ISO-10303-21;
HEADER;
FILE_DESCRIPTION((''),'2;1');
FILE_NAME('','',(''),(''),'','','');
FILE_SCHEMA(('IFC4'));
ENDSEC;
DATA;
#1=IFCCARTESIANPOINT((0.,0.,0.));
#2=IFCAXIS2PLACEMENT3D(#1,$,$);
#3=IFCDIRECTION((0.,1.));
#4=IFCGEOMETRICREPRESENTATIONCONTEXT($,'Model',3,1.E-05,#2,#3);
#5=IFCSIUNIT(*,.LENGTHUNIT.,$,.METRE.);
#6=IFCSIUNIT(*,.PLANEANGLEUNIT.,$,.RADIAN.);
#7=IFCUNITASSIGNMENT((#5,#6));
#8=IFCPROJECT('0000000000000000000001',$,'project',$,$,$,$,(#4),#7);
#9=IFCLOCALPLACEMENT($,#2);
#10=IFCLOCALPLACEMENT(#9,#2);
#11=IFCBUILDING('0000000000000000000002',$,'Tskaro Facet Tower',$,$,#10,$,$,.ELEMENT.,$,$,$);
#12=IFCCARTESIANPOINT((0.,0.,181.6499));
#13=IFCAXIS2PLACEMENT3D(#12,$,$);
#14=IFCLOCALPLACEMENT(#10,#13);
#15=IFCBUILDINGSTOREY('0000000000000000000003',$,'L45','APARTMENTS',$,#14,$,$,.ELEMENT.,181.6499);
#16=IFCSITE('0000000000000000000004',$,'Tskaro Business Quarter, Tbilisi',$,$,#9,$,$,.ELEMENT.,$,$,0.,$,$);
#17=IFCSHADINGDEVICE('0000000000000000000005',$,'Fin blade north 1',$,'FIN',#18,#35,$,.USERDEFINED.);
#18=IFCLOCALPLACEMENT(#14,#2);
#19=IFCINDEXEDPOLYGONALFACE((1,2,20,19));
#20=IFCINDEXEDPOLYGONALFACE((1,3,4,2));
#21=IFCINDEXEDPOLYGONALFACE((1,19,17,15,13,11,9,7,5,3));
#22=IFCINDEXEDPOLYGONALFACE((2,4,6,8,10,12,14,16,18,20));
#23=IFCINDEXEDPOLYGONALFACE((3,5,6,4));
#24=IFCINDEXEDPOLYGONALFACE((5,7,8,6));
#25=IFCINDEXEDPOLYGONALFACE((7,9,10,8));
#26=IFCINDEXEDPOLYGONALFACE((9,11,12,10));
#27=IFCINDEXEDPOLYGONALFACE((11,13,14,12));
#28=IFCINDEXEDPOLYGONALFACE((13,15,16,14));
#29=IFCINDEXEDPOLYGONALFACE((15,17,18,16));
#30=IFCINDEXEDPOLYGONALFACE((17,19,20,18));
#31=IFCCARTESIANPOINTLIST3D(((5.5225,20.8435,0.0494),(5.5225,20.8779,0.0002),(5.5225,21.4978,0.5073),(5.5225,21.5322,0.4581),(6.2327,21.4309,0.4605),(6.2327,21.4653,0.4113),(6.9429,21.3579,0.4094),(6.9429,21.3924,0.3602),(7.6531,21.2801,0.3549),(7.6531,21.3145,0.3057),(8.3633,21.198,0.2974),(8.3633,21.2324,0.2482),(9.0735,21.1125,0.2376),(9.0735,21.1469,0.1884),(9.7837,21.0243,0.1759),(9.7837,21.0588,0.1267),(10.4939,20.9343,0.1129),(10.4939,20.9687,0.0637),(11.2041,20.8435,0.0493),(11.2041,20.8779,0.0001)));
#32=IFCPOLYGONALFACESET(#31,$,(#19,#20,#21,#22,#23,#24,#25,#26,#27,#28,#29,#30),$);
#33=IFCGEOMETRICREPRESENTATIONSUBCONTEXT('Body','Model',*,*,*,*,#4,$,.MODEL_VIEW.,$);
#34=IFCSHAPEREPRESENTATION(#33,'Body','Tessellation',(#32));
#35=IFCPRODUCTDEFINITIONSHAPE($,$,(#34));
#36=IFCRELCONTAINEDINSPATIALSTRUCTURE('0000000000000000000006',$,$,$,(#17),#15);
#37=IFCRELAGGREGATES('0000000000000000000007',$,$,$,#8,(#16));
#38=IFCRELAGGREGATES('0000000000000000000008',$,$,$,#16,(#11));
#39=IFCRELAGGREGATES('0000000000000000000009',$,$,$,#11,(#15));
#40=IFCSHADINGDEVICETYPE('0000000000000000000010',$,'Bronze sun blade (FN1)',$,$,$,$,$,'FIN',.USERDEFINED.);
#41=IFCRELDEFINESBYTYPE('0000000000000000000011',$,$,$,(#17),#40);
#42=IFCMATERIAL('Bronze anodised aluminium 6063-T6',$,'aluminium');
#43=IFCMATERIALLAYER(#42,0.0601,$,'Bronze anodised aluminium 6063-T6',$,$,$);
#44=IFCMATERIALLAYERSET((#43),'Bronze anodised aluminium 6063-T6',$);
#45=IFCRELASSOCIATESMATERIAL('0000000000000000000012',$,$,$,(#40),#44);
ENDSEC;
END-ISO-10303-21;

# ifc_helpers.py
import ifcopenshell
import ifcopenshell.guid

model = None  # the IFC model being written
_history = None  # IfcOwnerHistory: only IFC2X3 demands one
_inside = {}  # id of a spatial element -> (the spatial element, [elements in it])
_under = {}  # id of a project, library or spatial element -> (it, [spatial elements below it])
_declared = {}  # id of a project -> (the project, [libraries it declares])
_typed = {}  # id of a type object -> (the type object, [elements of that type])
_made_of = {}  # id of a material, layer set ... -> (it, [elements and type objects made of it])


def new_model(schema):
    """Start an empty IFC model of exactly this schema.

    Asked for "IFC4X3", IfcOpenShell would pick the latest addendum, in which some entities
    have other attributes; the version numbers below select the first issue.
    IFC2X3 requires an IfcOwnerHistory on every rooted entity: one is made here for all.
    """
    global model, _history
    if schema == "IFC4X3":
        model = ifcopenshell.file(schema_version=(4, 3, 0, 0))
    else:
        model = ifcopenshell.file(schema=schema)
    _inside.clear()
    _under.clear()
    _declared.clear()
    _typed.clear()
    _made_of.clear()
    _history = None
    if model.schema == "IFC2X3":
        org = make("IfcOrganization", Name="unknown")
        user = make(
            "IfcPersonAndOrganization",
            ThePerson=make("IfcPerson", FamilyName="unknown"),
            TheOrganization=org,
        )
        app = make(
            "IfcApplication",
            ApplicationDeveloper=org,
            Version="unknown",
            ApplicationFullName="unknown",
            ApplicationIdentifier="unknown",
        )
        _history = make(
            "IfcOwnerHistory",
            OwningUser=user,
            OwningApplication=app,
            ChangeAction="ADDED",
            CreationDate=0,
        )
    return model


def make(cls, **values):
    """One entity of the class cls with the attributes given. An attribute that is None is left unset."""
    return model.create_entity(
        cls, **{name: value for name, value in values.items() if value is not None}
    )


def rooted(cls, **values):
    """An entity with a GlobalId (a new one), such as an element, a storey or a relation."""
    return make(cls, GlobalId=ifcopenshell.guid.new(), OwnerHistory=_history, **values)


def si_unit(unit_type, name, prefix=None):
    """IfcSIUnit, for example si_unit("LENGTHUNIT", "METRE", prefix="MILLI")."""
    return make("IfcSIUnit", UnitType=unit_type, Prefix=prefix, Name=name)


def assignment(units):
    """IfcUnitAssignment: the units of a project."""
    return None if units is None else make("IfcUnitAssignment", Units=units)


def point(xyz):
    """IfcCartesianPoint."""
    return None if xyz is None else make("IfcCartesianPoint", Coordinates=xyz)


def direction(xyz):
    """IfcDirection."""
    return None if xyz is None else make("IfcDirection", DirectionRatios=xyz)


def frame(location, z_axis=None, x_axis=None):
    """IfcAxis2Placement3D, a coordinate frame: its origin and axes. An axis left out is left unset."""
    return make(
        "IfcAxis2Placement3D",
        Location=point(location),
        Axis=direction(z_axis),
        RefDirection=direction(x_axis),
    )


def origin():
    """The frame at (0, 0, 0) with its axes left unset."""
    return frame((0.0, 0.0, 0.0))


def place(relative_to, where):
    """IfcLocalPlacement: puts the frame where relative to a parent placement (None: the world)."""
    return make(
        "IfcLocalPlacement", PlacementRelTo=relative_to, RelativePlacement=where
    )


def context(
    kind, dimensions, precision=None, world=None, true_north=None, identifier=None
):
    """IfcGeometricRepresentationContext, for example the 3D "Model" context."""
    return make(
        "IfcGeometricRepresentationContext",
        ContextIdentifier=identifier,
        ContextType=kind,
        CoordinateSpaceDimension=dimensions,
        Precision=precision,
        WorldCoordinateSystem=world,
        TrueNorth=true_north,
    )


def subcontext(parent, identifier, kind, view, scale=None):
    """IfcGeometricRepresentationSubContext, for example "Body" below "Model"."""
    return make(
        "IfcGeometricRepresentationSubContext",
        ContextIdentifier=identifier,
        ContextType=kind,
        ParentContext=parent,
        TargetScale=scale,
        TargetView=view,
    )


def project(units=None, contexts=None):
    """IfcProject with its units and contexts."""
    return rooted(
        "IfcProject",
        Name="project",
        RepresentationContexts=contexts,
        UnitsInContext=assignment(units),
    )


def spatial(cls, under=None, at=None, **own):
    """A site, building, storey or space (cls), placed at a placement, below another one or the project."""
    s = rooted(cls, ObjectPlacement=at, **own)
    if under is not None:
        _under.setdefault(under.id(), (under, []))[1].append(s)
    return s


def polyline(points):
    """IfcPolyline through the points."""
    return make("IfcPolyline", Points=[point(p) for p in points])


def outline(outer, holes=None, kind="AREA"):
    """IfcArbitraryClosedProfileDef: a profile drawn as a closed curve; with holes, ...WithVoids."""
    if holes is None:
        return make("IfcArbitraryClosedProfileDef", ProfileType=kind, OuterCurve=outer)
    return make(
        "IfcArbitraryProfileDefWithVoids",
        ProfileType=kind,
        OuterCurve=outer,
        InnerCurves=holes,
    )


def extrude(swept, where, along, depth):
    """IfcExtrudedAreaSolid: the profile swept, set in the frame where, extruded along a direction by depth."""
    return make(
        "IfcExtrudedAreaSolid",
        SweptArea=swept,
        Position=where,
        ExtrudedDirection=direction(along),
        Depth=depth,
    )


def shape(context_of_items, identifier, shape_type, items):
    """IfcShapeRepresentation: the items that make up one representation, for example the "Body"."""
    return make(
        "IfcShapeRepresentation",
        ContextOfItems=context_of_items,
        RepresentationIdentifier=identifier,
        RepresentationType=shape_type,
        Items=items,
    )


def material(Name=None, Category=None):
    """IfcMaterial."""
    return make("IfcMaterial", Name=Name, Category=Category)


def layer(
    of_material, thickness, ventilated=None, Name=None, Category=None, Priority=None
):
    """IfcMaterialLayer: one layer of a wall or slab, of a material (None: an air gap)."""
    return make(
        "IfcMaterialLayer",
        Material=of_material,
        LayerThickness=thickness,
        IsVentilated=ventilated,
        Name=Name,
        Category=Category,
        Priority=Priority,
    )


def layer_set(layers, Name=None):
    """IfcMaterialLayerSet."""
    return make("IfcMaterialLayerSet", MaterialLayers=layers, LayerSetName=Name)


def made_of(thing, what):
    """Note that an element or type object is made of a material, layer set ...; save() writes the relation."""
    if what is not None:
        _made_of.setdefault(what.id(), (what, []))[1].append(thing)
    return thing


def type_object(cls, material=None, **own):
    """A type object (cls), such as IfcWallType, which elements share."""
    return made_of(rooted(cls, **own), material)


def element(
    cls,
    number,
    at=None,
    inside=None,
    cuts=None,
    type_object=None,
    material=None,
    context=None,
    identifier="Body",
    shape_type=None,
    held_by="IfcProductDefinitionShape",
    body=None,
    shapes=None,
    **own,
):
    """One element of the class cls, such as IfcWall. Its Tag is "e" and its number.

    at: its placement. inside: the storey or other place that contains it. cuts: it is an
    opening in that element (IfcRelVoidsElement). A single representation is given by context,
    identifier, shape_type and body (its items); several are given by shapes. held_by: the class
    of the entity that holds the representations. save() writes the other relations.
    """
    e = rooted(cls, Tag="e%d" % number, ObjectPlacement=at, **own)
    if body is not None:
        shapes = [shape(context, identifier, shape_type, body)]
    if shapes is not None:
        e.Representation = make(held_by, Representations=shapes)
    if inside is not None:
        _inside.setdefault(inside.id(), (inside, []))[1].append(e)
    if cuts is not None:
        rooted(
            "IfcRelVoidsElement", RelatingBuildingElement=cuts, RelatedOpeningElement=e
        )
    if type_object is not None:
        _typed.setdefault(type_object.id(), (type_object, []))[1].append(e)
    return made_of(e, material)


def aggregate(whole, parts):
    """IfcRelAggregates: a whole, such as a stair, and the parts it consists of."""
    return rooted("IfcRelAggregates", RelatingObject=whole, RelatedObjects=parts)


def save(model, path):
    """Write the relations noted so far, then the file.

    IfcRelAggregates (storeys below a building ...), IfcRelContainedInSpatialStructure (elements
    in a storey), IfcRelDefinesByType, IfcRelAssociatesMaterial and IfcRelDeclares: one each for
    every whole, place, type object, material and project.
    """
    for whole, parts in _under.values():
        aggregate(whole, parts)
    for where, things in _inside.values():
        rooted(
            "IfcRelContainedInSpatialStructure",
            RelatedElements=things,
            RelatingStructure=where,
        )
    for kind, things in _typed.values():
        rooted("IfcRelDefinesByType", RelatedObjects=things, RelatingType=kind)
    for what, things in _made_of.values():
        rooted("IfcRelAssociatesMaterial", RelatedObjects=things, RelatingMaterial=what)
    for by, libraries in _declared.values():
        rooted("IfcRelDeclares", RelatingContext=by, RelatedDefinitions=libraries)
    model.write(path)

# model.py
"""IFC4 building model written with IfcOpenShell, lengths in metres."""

from ifc_helpers import new_model, si_unit, direction, frame, origin, place, context, subcontext, project, spatial, polyline, outline, extrude, material, layer, layer_set, type_object, element, save


model = new_model("IFC4")

# Units and contexts
model_context = context("Model", 3, precision=1e-05, world=origin(), true_north=direction((0.0, 1.0)))
body_context = subcontext(model_context, "Body", "Model", "MODEL_VIEW")
ifc_project = project(units=[si_unit("LENGTHUNIT", "METRE"), si_unit("PLANEANGLEUNIT", "RADIAN")], contexts=[model_context])

# Site, building, storey
site_placement = place(None, origin())
site = spatial("IfcSite", under=ifc_project, at=site_placement, Name="Tskaro Business Quarter, Tbilisi", CompositionType="ELEMENT", RefElevation=0.0)
building_placement = place(site_placement, origin())
building = spatial("IfcBuilding", under=site, at=building_placement, Name="Tskaro Facet Tower", CompositionType="ELEMENT")
storey_placement = place(building_placement, frame((0.0, 0.0, 181.6499)))
storey = spatial("IfcBuildingStorey", under=building, at=storey_placement, Name="L45", Description="APARTMENTS", CompositionType="ELEMENT", Elevation=181.6499)

# Shared definitions
ifc_material_1 = material(Name="Bronze anodised aluminium 6063-T6", Category="aluminium")

# Shading device
ifc_layer_1 = layer(ifc_material_1, 0.0601, Name="Bronze anodised aluminium 6063-T6")
ifc_layer_set_1 = layer_set([ifc_layer_1], Name="Bronze anodised aluminium 6063-T6")
shading_device_type = type_object("IfcShadingDeviceType", Name="Bronze sun blade (FN1)", ElementType="FIN", PredefinedType="USERDEFINED", material=ifc_layer_set_1)
shading_device_placement = place(storey_placement, frame((11.2041, 20.8435, 0.0493), z_axis=(0.000014, -0.573385, 0.819286), x_axis=(-1.0, -0.000008, 0.000012)))
element("IfcShadingDevice", 1, at=shading_device_placement, inside=storey, type_object=shading_device_type, Name="Fin blade north 1", ObjectType="FIN", PredefinedType="USERDEFINED", context=body_context, shape_type="SweptSolid", body=[
    extrude(outline(polyline([(0.0, 0.0), (5.6816, 0.0), (5.6816, -0.7987), (4.9714, -0.717), (4.2612, -0.6279), (3.551, -0.5329), (2.8408, -0.4327), (2.1306, -0.3284), (1.4204, -0.2207), (0.7102, -0.1108), (0.0, 0.0)])), origin(), (0.0, 0.0, -1.0), 0.0601),
])

save(model, "model.ifc")
